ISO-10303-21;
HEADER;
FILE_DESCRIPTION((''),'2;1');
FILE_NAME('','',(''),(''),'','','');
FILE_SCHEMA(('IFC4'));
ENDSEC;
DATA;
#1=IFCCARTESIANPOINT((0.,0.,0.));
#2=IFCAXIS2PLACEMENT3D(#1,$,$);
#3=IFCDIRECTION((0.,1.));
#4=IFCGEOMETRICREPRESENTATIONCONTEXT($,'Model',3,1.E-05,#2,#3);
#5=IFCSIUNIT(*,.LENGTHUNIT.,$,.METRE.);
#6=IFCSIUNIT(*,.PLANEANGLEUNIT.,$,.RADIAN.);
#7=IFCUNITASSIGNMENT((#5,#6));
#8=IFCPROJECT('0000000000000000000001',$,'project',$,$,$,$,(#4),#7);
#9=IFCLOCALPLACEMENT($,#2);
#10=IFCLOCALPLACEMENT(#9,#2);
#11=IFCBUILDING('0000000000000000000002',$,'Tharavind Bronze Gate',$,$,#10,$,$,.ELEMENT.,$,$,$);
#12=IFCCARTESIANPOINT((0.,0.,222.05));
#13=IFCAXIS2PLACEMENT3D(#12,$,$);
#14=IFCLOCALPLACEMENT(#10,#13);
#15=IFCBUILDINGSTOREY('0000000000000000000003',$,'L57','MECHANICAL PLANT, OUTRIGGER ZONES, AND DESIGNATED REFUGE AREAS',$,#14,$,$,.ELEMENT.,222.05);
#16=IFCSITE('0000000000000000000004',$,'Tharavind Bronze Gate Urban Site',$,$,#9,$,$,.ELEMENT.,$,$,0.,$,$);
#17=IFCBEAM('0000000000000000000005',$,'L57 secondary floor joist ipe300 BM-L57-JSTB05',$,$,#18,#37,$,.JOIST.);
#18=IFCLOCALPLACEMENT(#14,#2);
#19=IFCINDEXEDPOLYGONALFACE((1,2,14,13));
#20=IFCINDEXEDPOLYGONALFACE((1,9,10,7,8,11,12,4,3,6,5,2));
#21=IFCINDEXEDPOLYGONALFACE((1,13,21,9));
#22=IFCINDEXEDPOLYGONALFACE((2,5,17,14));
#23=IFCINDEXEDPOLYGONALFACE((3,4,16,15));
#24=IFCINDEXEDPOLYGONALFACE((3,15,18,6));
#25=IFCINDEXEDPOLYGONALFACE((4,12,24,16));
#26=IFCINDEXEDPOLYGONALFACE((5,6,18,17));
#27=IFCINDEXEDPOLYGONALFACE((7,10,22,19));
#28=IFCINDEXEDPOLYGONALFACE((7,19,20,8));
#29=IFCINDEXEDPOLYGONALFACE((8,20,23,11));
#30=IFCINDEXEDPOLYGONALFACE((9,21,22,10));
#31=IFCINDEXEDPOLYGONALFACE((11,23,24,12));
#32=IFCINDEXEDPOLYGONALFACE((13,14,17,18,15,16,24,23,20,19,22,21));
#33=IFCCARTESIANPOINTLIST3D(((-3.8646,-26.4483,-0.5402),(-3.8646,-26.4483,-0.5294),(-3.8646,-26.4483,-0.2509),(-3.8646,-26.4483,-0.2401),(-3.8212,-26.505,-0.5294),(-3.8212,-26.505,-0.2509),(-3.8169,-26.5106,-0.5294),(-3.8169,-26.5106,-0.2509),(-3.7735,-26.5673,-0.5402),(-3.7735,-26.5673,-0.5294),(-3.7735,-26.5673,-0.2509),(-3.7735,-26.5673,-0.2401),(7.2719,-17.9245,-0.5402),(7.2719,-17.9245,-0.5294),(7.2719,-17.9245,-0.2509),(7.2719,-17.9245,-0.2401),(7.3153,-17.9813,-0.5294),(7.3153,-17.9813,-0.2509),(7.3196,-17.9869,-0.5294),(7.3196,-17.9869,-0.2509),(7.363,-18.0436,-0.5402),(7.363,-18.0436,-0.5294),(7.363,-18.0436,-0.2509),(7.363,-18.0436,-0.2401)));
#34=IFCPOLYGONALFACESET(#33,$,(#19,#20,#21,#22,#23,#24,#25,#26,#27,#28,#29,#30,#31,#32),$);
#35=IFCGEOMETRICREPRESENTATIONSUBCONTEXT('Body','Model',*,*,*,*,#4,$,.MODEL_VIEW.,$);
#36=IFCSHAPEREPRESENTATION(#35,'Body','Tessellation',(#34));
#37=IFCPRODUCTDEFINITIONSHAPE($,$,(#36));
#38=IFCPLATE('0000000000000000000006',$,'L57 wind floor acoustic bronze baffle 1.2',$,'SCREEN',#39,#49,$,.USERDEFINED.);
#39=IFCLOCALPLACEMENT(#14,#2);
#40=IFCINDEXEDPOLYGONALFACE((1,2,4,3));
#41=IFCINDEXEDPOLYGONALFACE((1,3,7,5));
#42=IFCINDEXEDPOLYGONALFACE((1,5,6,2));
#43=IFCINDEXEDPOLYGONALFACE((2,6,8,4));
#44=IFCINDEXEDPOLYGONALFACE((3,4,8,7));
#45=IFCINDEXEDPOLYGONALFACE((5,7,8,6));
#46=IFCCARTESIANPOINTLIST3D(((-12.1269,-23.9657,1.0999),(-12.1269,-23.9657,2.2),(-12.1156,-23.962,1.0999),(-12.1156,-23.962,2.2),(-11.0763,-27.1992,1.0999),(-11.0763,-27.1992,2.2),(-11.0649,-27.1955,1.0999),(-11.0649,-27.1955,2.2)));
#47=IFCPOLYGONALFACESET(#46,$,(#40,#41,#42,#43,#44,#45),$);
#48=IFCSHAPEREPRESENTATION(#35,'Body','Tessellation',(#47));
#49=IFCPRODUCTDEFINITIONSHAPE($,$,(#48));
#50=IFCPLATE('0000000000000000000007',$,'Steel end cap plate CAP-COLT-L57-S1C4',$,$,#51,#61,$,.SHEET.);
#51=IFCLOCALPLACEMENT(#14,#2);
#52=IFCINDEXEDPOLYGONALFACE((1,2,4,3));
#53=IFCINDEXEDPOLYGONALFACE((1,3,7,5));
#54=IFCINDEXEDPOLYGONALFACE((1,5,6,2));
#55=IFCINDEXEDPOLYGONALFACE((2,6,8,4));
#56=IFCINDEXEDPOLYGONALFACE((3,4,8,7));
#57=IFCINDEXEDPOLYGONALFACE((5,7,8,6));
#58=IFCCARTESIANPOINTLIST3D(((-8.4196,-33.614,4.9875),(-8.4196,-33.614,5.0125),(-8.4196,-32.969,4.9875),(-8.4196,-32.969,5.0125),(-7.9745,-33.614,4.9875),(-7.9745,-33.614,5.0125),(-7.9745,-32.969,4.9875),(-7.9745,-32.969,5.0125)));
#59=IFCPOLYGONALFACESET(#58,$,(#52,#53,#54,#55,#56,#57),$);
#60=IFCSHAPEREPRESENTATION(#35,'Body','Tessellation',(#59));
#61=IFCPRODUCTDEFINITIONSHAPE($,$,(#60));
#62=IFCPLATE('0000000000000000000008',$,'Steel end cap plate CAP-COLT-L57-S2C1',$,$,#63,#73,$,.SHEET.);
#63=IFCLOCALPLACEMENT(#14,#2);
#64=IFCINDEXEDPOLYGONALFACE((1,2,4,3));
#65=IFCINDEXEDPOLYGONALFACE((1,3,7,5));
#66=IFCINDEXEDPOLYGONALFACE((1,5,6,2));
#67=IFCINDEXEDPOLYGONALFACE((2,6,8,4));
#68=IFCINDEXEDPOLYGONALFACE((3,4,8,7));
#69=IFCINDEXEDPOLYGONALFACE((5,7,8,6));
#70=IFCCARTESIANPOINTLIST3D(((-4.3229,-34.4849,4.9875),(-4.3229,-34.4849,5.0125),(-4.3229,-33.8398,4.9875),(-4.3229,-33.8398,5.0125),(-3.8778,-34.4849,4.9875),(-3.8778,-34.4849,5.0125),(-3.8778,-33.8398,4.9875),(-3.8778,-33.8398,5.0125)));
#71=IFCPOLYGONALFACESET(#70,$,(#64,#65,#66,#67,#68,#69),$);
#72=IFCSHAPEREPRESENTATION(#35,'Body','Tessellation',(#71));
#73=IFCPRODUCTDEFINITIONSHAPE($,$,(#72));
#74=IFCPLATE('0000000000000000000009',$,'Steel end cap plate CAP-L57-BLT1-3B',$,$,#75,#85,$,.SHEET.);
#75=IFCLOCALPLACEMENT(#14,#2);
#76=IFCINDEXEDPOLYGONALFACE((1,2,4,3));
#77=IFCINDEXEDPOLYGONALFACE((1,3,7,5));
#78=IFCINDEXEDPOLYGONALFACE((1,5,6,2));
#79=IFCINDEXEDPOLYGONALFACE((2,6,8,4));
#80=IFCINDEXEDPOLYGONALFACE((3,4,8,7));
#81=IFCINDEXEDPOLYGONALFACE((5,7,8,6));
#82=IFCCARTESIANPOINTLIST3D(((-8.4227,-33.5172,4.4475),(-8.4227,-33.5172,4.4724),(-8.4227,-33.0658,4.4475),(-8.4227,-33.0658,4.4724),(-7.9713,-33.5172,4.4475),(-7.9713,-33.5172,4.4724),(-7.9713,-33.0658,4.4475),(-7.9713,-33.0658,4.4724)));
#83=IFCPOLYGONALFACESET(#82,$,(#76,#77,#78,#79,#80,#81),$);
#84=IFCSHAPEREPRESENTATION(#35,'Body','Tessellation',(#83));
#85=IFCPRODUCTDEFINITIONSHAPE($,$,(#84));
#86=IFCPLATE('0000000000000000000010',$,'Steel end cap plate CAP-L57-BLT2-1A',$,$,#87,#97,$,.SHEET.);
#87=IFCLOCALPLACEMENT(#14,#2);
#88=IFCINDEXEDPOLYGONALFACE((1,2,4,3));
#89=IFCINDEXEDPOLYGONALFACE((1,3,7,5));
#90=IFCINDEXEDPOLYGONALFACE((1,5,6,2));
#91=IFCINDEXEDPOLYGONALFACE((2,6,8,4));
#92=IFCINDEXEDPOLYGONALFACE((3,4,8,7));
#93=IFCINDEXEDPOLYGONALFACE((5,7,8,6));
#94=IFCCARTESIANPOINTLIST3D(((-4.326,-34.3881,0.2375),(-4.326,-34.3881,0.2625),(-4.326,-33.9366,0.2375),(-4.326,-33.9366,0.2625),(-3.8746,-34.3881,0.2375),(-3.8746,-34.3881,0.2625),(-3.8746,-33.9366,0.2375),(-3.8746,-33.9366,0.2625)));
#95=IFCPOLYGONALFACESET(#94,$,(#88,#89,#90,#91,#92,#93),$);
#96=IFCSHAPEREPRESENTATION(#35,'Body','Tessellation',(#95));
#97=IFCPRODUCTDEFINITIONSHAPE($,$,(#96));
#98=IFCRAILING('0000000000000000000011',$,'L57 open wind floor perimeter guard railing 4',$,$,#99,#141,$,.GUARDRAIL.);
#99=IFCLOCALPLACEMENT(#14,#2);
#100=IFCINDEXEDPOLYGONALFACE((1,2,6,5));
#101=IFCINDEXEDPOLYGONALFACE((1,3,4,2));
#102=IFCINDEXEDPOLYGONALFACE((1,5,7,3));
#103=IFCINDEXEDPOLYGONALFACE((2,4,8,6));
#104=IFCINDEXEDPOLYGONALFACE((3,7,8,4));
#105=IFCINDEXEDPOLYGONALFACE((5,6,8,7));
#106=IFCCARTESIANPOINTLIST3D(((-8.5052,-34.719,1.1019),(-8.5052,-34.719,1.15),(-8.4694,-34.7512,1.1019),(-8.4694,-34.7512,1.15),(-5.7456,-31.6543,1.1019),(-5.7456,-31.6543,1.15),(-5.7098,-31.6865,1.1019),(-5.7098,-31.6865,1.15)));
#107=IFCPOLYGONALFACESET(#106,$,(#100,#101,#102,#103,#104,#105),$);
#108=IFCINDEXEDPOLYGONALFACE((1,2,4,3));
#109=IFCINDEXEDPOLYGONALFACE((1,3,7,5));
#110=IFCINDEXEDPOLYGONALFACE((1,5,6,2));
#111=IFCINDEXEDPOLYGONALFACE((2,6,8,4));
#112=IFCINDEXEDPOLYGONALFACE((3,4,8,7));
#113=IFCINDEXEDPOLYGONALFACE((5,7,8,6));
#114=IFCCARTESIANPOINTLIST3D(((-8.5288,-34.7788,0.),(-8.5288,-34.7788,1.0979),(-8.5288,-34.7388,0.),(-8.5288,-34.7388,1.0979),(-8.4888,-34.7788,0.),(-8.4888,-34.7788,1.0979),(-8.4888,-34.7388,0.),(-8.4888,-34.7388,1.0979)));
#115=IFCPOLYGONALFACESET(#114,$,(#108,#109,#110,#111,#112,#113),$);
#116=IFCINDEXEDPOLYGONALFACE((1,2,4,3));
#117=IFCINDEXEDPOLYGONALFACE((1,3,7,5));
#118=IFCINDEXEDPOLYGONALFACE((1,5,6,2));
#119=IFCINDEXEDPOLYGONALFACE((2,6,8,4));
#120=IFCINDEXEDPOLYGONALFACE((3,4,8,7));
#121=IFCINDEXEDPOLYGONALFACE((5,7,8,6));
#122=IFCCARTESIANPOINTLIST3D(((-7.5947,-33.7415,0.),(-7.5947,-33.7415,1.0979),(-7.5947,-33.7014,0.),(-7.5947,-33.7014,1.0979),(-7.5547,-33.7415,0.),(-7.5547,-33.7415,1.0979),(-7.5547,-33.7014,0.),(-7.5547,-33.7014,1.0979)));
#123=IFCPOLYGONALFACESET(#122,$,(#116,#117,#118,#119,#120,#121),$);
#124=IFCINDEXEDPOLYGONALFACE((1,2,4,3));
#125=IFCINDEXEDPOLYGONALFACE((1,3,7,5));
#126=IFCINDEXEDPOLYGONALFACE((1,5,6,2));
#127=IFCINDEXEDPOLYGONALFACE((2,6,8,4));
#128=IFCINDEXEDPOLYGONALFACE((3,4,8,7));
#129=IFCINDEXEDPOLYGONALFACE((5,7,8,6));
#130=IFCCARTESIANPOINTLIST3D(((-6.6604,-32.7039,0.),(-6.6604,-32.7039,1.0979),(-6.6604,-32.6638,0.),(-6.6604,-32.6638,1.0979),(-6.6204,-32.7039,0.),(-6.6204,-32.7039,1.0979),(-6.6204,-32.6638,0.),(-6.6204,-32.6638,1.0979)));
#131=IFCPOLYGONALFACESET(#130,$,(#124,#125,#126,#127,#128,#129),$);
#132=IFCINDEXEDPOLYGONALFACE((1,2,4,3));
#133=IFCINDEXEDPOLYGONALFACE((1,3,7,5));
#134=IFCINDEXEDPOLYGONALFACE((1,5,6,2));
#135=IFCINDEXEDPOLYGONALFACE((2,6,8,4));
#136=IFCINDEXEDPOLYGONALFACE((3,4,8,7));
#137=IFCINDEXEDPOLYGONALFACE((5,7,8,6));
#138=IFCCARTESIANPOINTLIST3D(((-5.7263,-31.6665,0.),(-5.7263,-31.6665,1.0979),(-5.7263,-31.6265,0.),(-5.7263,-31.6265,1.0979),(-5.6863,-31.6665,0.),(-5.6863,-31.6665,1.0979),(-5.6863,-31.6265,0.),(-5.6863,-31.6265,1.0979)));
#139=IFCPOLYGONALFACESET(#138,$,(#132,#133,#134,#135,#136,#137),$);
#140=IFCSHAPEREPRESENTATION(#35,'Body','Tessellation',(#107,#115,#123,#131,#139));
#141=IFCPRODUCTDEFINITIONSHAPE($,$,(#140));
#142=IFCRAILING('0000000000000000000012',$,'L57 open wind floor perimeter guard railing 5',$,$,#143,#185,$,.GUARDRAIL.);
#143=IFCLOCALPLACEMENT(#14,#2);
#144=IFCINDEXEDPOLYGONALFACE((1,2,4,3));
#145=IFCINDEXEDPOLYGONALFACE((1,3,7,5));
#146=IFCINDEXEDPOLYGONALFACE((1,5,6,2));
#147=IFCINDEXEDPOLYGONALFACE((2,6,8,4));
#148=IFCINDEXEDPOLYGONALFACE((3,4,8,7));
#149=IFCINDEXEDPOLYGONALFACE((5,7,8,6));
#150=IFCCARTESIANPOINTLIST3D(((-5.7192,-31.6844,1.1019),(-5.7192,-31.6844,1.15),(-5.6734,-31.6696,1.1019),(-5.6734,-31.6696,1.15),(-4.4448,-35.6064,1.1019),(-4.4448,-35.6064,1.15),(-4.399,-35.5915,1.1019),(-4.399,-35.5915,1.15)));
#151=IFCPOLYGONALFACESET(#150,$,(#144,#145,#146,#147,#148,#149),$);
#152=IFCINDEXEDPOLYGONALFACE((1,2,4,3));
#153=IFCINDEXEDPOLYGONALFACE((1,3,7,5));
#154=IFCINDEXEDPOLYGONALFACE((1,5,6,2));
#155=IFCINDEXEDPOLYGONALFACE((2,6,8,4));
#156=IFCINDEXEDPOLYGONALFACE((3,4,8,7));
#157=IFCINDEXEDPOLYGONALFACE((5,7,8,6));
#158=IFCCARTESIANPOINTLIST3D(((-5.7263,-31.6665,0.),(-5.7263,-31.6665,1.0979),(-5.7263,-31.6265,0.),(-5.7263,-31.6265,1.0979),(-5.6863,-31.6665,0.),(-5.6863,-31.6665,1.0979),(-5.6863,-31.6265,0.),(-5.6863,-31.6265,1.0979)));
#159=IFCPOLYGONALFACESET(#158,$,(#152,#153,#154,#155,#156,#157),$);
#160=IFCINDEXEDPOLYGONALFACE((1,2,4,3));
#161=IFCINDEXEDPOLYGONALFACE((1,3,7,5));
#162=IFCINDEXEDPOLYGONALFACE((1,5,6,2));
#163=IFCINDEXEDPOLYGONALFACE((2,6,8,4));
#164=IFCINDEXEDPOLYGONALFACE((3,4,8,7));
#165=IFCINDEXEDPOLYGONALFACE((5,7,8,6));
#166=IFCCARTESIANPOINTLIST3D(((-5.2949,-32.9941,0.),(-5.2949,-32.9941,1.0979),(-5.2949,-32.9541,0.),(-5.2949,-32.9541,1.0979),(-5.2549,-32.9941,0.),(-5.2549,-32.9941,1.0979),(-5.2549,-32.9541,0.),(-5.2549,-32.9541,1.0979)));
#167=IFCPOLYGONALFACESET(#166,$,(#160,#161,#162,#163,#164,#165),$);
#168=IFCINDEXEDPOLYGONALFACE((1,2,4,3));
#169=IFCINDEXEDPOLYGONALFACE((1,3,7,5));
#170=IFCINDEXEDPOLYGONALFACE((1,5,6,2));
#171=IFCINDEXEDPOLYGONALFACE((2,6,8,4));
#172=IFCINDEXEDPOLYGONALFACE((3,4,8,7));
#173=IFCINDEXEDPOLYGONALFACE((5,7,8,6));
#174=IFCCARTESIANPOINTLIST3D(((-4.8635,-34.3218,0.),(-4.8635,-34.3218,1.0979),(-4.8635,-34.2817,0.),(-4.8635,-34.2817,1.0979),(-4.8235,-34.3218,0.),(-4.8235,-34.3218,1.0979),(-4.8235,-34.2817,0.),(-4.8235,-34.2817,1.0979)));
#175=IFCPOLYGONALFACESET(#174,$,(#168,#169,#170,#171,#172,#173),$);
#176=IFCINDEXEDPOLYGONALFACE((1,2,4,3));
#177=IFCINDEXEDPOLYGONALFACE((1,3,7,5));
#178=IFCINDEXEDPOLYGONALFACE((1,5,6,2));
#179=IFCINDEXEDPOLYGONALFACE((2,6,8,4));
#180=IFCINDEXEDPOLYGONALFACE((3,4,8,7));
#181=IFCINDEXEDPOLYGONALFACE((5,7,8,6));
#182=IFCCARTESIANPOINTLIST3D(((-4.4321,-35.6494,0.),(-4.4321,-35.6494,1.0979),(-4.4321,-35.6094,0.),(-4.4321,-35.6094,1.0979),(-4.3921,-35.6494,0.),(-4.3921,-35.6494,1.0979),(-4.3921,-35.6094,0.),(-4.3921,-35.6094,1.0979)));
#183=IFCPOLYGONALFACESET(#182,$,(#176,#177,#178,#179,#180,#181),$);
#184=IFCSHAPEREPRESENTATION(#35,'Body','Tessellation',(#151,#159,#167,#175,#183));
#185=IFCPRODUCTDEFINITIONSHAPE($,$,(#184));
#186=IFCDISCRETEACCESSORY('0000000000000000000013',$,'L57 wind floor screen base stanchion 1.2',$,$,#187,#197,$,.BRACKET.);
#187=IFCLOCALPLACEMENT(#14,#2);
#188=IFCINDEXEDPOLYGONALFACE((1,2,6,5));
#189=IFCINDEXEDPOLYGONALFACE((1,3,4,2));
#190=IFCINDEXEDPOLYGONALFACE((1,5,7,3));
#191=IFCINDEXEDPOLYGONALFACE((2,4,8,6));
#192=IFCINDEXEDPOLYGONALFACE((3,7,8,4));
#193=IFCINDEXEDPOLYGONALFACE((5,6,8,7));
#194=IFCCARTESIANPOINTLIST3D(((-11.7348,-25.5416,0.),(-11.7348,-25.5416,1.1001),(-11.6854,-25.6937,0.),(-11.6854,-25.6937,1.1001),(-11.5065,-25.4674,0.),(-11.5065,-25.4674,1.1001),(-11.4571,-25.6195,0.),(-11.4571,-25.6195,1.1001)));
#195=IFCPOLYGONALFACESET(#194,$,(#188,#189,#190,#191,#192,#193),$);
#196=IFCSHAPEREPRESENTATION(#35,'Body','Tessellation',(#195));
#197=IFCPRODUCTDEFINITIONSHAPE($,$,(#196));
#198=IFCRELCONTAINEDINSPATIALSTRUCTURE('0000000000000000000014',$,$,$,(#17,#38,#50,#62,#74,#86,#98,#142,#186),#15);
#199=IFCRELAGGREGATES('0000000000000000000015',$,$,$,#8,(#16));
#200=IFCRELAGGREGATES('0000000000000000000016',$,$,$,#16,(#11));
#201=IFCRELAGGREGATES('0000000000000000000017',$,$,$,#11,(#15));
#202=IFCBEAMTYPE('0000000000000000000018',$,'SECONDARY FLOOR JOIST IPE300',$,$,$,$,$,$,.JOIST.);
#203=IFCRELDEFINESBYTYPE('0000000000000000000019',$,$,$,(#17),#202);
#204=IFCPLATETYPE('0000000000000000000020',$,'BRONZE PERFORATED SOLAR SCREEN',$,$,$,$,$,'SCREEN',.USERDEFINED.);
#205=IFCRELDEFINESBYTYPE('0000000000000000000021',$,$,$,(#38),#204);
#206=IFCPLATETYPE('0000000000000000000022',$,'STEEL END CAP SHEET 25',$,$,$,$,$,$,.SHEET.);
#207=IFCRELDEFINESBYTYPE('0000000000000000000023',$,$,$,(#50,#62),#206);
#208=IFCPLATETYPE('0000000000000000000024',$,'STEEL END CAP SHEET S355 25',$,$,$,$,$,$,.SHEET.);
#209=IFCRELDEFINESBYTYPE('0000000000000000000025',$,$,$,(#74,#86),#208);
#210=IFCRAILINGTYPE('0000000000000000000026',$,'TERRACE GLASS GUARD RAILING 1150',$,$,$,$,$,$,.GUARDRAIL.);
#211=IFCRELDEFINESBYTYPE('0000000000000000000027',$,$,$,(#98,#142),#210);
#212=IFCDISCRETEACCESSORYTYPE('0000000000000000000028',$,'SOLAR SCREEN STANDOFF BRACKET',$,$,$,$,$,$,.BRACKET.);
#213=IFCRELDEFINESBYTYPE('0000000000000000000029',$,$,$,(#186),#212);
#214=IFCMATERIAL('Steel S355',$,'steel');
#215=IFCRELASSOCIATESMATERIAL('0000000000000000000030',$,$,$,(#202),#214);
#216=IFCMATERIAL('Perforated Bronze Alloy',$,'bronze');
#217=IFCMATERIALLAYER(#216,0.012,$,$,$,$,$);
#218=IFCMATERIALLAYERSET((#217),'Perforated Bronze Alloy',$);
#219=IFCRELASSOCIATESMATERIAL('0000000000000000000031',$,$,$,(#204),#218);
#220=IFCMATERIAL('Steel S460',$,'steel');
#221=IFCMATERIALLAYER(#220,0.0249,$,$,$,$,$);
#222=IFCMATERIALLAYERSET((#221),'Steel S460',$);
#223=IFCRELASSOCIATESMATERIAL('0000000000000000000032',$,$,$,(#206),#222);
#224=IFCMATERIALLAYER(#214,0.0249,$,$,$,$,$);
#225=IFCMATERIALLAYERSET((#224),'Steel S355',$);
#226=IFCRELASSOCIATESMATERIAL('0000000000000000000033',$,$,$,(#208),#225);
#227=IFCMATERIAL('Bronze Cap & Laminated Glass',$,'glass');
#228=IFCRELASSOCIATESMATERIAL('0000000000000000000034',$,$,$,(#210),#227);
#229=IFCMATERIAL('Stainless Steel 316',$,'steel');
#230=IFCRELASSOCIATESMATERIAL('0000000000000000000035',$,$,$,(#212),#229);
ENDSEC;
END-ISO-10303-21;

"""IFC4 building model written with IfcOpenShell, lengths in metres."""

from ifc_helpers import new_model, si_unit, direction, frame, origin, origin_2d, place, context, subcontext, project, spatial, rectangle, i_section, extrude, material, layer, layer_set, material_profile, profile_set, type_object, element, save


model = new_model("IFC4")

# Units and contexts
model_context = context("Model", 3, precision=1e-05, world=origin(), true_north=direction((0.0, 1.0)))
body_context = subcontext(model_context, "Body", "Model", "MODEL_VIEW")
ifc_project = project(units=[si_unit("LENGTHUNIT", "METRE"), si_unit("PLANEANGLEUNIT", "RADIAN")], contexts=[model_context])

# Site, building, storey
site_placement = place(None, origin())
site = spatial("IfcSite", under=ifc_project, at=site_placement, Name="Tharavind Bronze Gate Urban Site", CompositionType="ELEMENT", RefElevation=0.0)
building_placement = place(site_placement, origin())
building = spatial("IfcBuilding", under=site, at=building_placement, Name="Tharavind Bronze Gate", CompositionType="ELEMENT")
storey_placement = place(building_placement, frame((0.0, 0.0, 222.05)))
storey = spatial("IfcBuildingStorey", under=building, at=storey_placement, Name="L57", Description="MECHANICAL PLANT, OUTRIGGER ZONES, AND DESIGNATED REFUGE AREAS", CompositionType="ELEMENT", Elevation=222.05)

# Shared definitions
ifc_material_1 = material(Name="Steel S460", Category="steel")

# Beam
ifc_material_2 = material(Name="Steel S355", Category="steel")
ifc_material_profile_1 = material_profile(ifc_material_2, i_section(OverallWidth=0.1499, OverallDepth=0.3, WebThickness=0.0071, FlangeThickness=0.0107, at=origin_2d()), Name="IPE300")
ifc_profile_set_1 = profile_set([ifc_material_profile_1], Name="Steel S355")
beam_type_1 = type_object("IfcBeamType", Name="SECONDARY FLOOR JOIST IPE300", PredefinedType="JOIST", material=ifc_profile_set_1)
beam_1_placement = place(storey_placement, frame((-3.8191, -26.5078, -0.3901), z_axis=(0.794098, 0.60779, 0.0), x_axis=(-0.60779, 0.794098, 0.0)))
element("IfcBeam", 1, at=beam_1_placement, inside=storey, type_object=beam_type_1, Name="L57 secondary floor joist ipe300 BM-L57-JSTB05", PredefinedType="JOIST", context=body_context, shape_type="SweptSolid", body=[
    extrude(i_section(OverallWidth=0.1499, OverallDepth=0.3, WebThickness=0.0071, FlangeThickness=0.0107, at=origin_2d()), origin(), (0.0, 0.0, 1.0), 14.0242),
])

# Plates
ifc_material_3 = material(Name="Perforated Bronze Alloy", Category="bronze")
ifc_layer_1 = layer(ifc_material_3, 0.012)
ifc_layer_set_1 = layer_set([ifc_layer_1], Name="Perforated Bronze Alloy")
plate_type_1 = type_object("IfcPlateType", Name="BRONZE PERFORATED SOLAR SCREEN", ElementType="SCREEN", PredefinedType="USERDEFINED", material=ifc_layer_set_1)
plate_placement = place(storey_placement, frame((-11.5959, -25.5806, 1.0999), z_axis=(0.0, 0.0, 1.0), x_axis=(0.309017, -0.951057, 0.0)))
element("IfcPlate", 2, at=plate_placement, inside=storey, type_object=plate_type_1, Name="L57 wind floor acoustic bronze baffle 1.2", ObjectType="SCREEN", PredefinedType="USERDEFINED", context=body_context, shape_type="SweptSolid", body=[
    extrude(rectangle(XDim=3.3999, YDim=0.012, at=origin_2d()), origin(), (0.0, 0.0, 1.0), 1.1001),
])
ifc_layer_2 = layer(ifc_material_1, 0.0249)
ifc_layer_set_2 = layer_set([ifc_layer_2], Name="Steel S460")
plate_type_2 = type_object("IfcPlateType", Name="STEEL END CAP SHEET 25", PredefinedType="SHEET", material=ifc_layer_set_2)
for number, where, z_axis, x_axis, name in (
    (3, (-8.197, -33.2915, 4.9875), (0.0, 0.0, 1.0), (1.0, 0.0, 0.0), "Steel end cap plate CAP-COLT-L57-S1C4"),
    (4, (-4.1003, -34.1624, 4.9875), (0.0, 0.0, 1.0), (1.0, 0.0, 0.0), "Steel end cap plate CAP-COLT-L57-S2C1"),
):
    element("IfcPlate", number, at=place(storey_placement, frame(where, z_axis=z_axis, x_axis=x_axis)), inside=storey, type_object=plate_type_2, Name=name, PredefinedType="SHEET", context=body_context, shape_type="SweptSolid", body=[
        extrude(rectangle(XDim=0.4451, YDim=0.645, at=origin_2d()), origin(), (0.0, 0.0, 1.0), 0.0249),
    ])
ifc_layer_3 = layer(ifc_material_2, 0.0249)
ifc_layer_set_3 = layer_set([ifc_layer_3], Name="Steel S355")
plate_type_3 = type_object("IfcPlateType", Name="STEEL END CAP SHEET S355 25", PredefinedType="SHEET", material=ifc_layer_set_3)
for number, where, z_axis, x_axis, name in (
    (5, (-8.197, -33.2915, 4.4475), (0.0, 0.0, 1.0), (1.0, 0.0, 0.0), "Steel end cap plate CAP-L57-BLT1-3B"),
    (6, (-4.1003, -34.1624, 0.2375), (0.0, 0.0, 1.0), (1.0, 0.0, 0.0), "Steel end cap plate CAP-L57-BLT2-1A"),
):
    element("IfcPlate", number, at=place(storey_placement, frame(where, z_axis=z_axis, x_axis=x_axis)), inside=storey, type_object=plate_type_3, Name=name, PredefinedType="SHEET", context=body_context, shape_type="SweptSolid", body=[
        extrude(rectangle(XDim=0.4514, YDim=0.4514, at=origin_2d()), origin(), (0.0, 0.0, 1.0), 0.0249),
    ])

# Railings
ifc_material_4 = material(Name="Bronze Cap & Laminated Glass", Category="glass")
railing_type = type_object("IfcRailingType", Name="TERRACE GLASS GUARD RAILING 1150", PredefinedType="GUARDRAIL", material=ifc_material_4)
railing_1_placement = place(storey_placement, frame((-8.5088, -34.7588, 0.0)))
element("IfcRailing", 7, at=railing_1_placement, inside=storey, type_object=railing_type, Name="L57 open wind floor perimeter guard railing 4", PredefinedType="GUARDRAIL", context=body_context, shape_type="SweptSolid", body=[
    extrude(rectangle(XDim=0.0481, YDim=0.0481, at=origin_2d()), frame((0.0215, 0.0237, 1.126), z_axis=(0.669152, 0.743126, 0.0), x_axis=(-0.743126, 0.669152, 0.0)), (0.0, 0.0, 1.0), 4.124),
    extrude(rectangle(XDim=0.04, YDim=0.04, at=origin_2d()), origin(), (0.0, 0.0, 1.0), 1.0979),
    extrude(rectangle(XDim=0.04, YDim=0.04, at=origin_2d()), frame((0.9341, 1.0374, 0.0)), (0.0, 0.0, 1.0), 1.0979),
    extrude(rectangle(XDim=0.04, YDim=0.04, at=origin_2d()), frame((1.8684, 2.075, 0.0)), (0.0, 0.0, 1.0), 1.0979),
    extrude(rectangle(XDim=0.04, YDim=0.04, at=origin_2d()), frame((2.8025, 3.1123, 0.0)), (0.0, 0.0, 1.0), 1.0979),
])
railing_2_placement = place(storey_placement, frame((-5.7063, -31.6465, 0.0)))
element("IfcRailing", 8, at=railing_2_placement, inside=storey, type_object=railing_type, Name="L57 open wind floor perimeter guard railing 5", PredefinedType="GUARDRAIL", context=body_context, shape_type="SweptSolid", body=[
    extrude(rectangle(XDim=0.0481, YDim=0.0481, at=origin_2d()), frame((0.01, -0.0305, 1.126), z_axis=(0.309031, -0.951052, 0.0), x_axis=(0.951052, 0.309031, 0.0)), (0.0, 0.0, 1.0), 4.1238),
    extrude(rectangle(XDim=0.04, YDim=0.04, at=origin_2d()), origin(), (0.0, 0.0, 1.0), 1.0979),
    extrude(rectangle(XDim=0.04, YDim=0.04, at=origin_2d()), frame((0.4314, -1.3276, 0.0)), (0.0, 0.0, 1.0), 1.0979),
    extrude(rectangle(XDim=0.04, YDim=0.04, at=origin_2d()), frame((0.8628, -2.6553, 0.0)), (0.0, 0.0, 1.0), 1.0979),
    extrude(rectangle(XDim=0.04, YDim=0.04, at=origin_2d()), frame((1.2942, -3.9829, 0.0)), (0.0, 0.0, 1.0), 1.0979),
])

# Discrete accessory
ifc_material_5 = material(Name="Stainless Steel 316", Category="steel")
discrete_accessory_type = type_object("IfcDiscreteAccessoryType", Name="SOLAR SCREEN STANDOFF BRACKET", PredefinedType="BRACKET", material=ifc_material_5)
discrete_accessory_placement = place(storey_placement, frame((-11.5959, -25.5806, 0.0), z_axis=(0.0, 0.0, 1.0), x_axis=(0.309017, -0.951057, 0.0)))
element("IfcDiscreteAccessory", 9, at=discrete_accessory_placement, inside=storey, type_object=discrete_accessory_type, Name="L57 wind floor screen base stanchion 1.2", PredefinedType="BRACKET", context=body_context, shape_type="SweptSolid", body=[
    extrude(rectangle(XDim=0.1599, YDim=0.24, at=origin_2d()), origin(), (0.0, 0.0, 1.0), 1.1001),
])

save(model, "model.ifc")
